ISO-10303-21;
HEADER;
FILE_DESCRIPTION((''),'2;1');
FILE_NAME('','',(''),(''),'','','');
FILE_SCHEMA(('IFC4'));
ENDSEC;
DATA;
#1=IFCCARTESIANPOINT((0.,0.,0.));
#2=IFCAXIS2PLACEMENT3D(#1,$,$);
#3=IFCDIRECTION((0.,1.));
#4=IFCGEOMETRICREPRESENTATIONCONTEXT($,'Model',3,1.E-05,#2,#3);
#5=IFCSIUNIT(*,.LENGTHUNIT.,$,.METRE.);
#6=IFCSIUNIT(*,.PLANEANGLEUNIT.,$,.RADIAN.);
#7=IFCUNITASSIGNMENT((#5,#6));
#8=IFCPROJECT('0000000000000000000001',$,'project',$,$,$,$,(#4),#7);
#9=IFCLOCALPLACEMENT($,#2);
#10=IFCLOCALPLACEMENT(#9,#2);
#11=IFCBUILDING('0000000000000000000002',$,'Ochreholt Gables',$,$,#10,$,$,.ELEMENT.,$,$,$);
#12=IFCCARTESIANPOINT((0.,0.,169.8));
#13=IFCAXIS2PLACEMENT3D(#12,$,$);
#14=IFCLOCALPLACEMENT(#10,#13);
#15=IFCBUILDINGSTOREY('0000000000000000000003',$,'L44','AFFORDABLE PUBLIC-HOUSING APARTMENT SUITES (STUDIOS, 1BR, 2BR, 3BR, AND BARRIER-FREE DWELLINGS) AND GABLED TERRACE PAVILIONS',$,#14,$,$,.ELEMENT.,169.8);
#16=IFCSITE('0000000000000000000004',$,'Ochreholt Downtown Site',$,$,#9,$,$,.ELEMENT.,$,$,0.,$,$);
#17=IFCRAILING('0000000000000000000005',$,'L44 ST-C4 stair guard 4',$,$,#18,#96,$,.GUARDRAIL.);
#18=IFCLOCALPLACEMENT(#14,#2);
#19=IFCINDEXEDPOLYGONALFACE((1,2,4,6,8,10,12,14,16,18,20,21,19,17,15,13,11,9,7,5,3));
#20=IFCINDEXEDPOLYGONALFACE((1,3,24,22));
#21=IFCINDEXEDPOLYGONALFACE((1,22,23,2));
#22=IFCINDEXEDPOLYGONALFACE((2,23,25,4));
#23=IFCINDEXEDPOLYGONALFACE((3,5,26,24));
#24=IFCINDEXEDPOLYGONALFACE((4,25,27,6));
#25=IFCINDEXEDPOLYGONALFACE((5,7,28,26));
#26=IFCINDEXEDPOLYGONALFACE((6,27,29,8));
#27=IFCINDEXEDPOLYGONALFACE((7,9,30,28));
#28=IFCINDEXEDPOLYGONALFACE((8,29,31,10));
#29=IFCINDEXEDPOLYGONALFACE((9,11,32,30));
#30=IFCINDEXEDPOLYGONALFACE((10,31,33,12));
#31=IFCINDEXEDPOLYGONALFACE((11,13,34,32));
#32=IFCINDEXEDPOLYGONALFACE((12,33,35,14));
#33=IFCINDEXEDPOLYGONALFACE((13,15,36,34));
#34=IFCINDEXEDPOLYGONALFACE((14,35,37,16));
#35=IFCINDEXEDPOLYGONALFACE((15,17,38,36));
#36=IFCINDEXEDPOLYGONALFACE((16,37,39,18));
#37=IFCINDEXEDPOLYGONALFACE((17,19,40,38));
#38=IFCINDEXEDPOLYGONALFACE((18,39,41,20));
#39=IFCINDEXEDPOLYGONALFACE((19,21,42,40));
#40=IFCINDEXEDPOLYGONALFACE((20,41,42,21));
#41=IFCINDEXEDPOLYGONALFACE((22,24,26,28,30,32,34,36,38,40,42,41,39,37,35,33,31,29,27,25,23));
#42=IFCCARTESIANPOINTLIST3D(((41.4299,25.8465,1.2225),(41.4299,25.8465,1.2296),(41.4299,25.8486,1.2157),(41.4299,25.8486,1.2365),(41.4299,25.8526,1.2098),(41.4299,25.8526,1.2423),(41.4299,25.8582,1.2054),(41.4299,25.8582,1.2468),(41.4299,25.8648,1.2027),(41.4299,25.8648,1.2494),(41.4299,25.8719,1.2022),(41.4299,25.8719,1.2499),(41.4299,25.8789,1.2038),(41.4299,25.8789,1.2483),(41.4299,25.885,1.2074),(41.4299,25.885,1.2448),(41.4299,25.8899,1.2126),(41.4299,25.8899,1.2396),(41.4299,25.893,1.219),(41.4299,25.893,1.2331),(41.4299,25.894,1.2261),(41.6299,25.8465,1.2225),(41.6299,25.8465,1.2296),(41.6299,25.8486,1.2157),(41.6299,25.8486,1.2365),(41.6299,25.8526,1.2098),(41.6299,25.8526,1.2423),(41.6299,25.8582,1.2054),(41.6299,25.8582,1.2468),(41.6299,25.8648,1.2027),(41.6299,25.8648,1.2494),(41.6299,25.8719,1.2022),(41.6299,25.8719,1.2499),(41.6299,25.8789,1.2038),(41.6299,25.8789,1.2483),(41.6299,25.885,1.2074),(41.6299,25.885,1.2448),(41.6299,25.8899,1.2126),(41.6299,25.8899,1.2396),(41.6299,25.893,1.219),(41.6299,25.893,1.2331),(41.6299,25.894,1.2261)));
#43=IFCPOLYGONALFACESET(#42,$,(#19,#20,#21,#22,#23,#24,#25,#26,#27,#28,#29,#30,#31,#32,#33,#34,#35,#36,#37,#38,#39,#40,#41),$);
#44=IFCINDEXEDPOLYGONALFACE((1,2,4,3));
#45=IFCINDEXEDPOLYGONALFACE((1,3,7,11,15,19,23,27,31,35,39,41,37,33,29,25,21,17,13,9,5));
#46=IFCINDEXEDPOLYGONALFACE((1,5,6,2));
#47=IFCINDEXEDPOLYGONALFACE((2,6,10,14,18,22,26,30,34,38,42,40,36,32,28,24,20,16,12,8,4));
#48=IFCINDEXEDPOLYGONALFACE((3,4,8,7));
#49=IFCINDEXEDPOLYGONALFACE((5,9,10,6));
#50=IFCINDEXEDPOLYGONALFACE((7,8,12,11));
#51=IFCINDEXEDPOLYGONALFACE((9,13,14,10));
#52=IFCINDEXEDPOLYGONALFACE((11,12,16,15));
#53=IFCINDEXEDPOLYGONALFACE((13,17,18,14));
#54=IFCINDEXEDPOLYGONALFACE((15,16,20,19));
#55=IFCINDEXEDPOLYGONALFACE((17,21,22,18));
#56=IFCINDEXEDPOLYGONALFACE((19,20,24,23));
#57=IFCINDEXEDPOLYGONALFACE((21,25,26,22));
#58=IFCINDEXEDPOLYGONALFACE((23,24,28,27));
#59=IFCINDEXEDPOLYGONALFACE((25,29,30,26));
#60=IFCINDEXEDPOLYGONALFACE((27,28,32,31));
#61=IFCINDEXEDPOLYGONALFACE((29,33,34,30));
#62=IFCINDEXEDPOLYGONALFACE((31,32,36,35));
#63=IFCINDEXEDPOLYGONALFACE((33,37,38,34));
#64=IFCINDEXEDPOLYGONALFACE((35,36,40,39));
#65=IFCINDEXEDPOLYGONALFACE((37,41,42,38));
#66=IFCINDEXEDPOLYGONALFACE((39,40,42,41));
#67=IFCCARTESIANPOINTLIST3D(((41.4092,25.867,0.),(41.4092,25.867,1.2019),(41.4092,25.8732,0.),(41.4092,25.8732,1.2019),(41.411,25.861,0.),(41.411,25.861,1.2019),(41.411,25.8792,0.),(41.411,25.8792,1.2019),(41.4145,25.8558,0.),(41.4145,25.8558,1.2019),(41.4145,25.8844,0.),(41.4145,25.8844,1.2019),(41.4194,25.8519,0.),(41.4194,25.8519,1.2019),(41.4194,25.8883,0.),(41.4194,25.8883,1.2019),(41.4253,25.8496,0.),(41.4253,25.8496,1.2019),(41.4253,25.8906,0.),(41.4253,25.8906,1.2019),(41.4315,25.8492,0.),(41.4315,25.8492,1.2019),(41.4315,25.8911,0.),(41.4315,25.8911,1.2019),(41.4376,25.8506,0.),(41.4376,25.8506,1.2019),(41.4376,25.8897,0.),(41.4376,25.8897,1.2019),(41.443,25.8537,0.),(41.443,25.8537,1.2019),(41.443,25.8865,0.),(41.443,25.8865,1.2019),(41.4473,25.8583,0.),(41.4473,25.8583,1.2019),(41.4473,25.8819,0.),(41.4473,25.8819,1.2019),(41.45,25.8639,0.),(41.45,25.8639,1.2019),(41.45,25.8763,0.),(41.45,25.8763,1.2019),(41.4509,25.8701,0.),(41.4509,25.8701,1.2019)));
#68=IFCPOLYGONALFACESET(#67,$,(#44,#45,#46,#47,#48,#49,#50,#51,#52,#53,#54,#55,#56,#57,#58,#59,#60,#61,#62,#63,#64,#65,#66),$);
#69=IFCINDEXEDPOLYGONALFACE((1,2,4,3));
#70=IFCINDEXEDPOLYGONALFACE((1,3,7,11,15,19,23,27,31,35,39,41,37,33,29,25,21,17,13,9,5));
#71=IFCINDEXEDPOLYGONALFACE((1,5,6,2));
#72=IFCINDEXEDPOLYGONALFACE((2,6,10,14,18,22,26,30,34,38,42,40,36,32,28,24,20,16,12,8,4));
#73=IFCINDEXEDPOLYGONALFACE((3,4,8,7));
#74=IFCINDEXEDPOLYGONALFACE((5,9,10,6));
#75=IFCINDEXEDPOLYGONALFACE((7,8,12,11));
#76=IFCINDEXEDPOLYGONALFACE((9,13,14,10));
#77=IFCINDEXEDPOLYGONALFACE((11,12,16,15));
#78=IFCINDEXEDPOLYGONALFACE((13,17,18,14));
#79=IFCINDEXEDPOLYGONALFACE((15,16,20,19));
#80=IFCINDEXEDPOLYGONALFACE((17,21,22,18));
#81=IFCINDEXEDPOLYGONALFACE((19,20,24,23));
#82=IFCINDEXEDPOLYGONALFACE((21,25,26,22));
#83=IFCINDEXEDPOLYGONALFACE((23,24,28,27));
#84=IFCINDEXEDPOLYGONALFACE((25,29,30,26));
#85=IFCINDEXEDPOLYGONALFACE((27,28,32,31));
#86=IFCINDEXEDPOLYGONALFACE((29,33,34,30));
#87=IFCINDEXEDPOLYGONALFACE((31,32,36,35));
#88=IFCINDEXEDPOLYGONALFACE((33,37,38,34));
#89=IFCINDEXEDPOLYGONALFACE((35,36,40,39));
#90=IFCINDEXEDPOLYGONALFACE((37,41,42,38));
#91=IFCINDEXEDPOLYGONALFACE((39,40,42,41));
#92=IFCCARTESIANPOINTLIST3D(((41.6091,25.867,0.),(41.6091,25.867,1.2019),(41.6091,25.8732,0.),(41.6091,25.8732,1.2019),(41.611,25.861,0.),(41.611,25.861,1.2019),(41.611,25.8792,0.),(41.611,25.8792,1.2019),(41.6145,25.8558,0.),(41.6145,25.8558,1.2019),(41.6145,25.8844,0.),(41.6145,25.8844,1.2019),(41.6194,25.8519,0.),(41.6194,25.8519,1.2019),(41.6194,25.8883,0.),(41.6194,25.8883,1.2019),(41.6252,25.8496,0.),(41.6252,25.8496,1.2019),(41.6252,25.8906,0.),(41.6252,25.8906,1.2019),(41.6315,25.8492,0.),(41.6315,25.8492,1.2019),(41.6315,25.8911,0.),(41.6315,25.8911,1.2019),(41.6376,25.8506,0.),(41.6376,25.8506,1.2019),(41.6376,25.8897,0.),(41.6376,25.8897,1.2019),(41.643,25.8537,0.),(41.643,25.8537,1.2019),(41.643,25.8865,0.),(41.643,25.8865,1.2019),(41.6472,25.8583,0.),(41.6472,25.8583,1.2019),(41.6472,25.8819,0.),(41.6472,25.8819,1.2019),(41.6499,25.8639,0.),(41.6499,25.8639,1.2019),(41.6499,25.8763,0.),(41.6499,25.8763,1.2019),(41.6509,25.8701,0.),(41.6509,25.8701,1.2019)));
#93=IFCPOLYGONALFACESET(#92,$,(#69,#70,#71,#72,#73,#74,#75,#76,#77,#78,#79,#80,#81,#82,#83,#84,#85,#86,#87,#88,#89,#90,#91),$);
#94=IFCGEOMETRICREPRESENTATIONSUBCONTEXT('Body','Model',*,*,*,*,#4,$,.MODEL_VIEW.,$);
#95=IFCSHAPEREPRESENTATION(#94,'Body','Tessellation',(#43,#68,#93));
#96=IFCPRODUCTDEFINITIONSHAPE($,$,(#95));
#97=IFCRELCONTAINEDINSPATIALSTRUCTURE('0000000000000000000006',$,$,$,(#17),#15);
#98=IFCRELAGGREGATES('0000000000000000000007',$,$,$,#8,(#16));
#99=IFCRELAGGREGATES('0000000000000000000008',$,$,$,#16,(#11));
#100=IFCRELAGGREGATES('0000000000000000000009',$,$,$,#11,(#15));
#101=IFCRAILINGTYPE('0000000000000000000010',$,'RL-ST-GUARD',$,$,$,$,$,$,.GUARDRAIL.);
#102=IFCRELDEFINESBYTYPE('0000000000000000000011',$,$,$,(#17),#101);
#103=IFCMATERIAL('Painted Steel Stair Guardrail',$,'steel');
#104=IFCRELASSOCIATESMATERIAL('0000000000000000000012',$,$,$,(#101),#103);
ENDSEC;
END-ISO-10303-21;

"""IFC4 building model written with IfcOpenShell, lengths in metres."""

from ifc_helpers import new_model, si_unit, direction, frame, origin, origin_2d, place, context, subcontext, project, spatial, circle, extrude, material, type_object, element, save


model = new_model("IFC4")

# Units and contexts
model_context = context("Model", 3, precision=1e-05, world=origin(), true_north=direction((0.0, 1.0)))
body_context = subcontext(model_context, "Body", "Model", "MODEL_VIEW")
ifc_project = project(units=[si_unit("LENGTHUNIT", "METRE"), si_unit("PLANEANGLEUNIT", "RADIAN")], contexts=[model_context])

# Site, building, storey
site_placement = place(None, origin())
site = spatial("IfcSite", under=ifc_project, at=site_placement, Name="Ochreholt Downtown Site", CompositionType="ELEMENT", RefElevation=0.0)
building_placement = place(site_placement, origin())
building = spatial("IfcBuilding", under=site, at=building_placement, Name="Ochreholt Gables", CompositionType="ELEMENT")
storey_placement = place(building_placement, frame((0.0, 0.0, 169.8)))
storey = spatial("IfcBuildingStorey", under=building, at=storey_placement, Name="L44", Description="AFFORDABLE PUBLIC-HOUSING APARTMENT SUITES (STUDIOS, 1BR, 2BR, 3BR, AND BARRIER-FREE DWELLINGS) AND GABLED TERRACE PAVILIONS", CompositionType="ELEMENT", Elevation=169.8)

# Railing
ifc_material_1 = material(Name="Painted Steel Stair Guardrail", Category="steel")
railing_type_1 = type_object("IfcRailingType", Name="RL-ST-GUARD", PredefinedType="GUARDRAIL", material=ifc_material_1)
railing_1_placement = place(storey_placement, frame((41.4299, 25.8701, 0.0)))
element("IfcRailing", 1, at=railing_1_placement, inside=storey, type_object=railing_type_1, Name="L44 ST-C4 stair guard 4", PredefinedType="GUARDRAIL", context=body_context, shape_type="SweptSolid", body=[
    extrude(circle(Radius=0.0239, at=origin_2d()), frame((0.0, 0.0, 1.2261), z_axis=(1.0, 0.0, 0.0), x_axis=(0.0, 1.0, 0.0)), (0.0, 0.0, 1.0), 0.2),
    extrude(circle(Radius=0.021, at=origin_2d()), origin(), (0.0, 0.0, 1.0), 1.2019),
    extrude(circle(Radius=0.021, at=origin_2d()), frame((0.2, 0.0, 0.0)), (0.0, 0.0, 1.0), 1.2019),
])

save(model, "model.ifc")
